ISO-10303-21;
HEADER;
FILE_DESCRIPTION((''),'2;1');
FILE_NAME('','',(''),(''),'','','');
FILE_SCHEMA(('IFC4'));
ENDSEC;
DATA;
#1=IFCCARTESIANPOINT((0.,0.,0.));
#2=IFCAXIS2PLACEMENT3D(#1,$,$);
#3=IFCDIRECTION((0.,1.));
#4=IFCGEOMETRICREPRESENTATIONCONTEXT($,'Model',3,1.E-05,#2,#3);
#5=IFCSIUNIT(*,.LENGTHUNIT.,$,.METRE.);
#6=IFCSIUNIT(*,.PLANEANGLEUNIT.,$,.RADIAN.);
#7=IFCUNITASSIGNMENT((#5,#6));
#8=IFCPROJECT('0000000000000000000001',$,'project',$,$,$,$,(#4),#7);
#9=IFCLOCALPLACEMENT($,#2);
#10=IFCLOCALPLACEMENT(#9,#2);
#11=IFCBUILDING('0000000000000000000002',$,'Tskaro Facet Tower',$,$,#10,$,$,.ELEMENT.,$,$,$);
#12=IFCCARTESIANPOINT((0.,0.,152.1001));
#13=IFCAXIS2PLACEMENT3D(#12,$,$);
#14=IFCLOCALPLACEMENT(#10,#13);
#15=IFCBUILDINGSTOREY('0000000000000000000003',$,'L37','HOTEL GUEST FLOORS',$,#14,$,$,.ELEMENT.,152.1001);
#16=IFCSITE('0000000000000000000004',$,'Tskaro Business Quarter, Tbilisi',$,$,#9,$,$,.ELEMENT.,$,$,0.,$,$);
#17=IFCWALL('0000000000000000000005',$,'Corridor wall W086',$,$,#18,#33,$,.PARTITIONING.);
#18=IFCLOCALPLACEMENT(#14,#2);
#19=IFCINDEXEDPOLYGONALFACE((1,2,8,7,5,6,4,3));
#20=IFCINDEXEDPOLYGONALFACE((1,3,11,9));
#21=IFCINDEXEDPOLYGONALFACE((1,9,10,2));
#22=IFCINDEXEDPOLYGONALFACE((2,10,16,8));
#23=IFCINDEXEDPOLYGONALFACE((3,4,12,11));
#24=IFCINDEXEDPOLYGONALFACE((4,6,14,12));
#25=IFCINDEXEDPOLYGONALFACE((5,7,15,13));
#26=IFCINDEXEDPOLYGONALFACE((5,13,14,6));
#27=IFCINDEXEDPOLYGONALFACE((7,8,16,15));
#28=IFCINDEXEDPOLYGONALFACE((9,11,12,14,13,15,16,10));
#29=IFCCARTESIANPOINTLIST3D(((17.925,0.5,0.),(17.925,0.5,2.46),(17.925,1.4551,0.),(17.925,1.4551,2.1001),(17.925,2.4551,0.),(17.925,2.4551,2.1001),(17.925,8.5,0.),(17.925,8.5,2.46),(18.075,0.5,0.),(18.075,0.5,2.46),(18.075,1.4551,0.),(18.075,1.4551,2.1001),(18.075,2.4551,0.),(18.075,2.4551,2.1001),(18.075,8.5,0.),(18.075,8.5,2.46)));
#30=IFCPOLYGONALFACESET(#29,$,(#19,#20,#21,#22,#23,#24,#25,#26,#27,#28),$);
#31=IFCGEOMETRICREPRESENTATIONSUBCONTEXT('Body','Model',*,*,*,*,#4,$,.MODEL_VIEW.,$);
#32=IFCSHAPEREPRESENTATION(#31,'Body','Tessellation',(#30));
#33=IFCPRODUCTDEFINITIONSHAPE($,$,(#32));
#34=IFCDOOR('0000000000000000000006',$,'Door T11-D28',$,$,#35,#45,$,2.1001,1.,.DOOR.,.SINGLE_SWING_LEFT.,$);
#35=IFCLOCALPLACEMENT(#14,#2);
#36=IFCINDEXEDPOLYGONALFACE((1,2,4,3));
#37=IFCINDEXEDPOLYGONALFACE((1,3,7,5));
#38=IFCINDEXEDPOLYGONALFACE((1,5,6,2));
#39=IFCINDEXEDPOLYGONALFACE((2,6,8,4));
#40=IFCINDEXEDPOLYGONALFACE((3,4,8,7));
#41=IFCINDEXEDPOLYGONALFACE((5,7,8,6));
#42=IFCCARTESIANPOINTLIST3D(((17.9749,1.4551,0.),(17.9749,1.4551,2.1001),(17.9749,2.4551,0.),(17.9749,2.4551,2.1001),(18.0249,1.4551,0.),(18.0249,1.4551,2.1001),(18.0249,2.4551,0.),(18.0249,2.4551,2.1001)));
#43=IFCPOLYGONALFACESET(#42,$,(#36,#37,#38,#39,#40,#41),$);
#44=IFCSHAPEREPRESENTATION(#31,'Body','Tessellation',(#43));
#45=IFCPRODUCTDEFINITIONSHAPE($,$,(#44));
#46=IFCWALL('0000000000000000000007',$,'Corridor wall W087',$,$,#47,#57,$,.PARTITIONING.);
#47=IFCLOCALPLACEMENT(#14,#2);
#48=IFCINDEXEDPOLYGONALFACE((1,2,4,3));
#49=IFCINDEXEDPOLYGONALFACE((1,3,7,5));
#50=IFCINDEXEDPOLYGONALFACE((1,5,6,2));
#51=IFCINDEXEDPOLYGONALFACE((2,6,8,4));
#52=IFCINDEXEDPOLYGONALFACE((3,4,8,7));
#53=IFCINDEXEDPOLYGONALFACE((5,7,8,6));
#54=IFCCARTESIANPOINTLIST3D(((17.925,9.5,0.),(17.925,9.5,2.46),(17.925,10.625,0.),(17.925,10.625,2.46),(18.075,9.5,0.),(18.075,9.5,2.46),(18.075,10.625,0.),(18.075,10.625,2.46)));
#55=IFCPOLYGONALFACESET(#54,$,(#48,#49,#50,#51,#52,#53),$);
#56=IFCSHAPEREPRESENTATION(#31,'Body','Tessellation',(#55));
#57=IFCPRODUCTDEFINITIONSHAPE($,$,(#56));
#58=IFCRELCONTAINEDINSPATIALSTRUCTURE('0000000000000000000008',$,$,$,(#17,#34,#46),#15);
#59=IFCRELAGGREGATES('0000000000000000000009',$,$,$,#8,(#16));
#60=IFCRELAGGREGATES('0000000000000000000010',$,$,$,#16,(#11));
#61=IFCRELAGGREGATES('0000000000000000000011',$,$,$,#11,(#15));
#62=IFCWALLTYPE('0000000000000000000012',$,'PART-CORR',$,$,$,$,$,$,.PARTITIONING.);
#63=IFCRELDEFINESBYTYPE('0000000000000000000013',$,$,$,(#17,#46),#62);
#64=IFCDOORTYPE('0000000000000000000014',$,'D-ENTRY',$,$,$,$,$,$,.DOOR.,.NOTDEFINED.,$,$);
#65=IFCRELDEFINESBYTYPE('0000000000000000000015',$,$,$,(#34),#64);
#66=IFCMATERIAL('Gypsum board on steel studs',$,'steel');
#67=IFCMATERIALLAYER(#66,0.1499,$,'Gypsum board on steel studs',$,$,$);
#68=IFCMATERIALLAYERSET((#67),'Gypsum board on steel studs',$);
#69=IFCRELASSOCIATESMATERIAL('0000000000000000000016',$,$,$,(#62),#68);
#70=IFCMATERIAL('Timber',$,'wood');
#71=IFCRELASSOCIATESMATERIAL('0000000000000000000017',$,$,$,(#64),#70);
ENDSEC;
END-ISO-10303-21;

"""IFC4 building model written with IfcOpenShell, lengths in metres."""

from ifc_helpers import new_model, si_unit, direction, frame, frame_2d, origin, place, context, subcontext, project, spatial, rectangle, extrude, material, layer, layer_set, type_object, element, fill, save


model = new_model("IFC4")

# Units and contexts
model_context = context("Model", 3, precision=1e-05, world=origin(), true_north=direction((0.0, 1.0)))
body_context = subcontext(model_context, "Body", "Model", "MODEL_VIEW")
ifc_project = project(units=[si_unit("LENGTHUNIT", "METRE"), si_unit("PLANEANGLEUNIT", "RADIAN")], contexts=[model_context])

# Site, building, storey
site_placement = place(None, origin())
site = spatial("IfcSite", under=ifc_project, at=site_placement, Name="Tskaro Business Quarter, Tbilisi", CompositionType="ELEMENT", RefElevation=0.0)
building_placement = place(site_placement, origin())
building = spatial("IfcBuilding", under=site, at=building_placement, Name="Tskaro Facet Tower", CompositionType="ELEMENT")
storey_placement = place(building_placement, frame((0.0, 0.0, 152.1001)))
storey = spatial("IfcBuildingStorey", under=building, at=storey_placement, Name="L37", Description="HOTEL GUEST FLOORS", CompositionType="ELEMENT", Elevation=152.1001)

# Shared definitions
ifc_material_1 = material(Name="Gypsum board on steel studs", Category="steel")

# Shared definitions
ifc_layer_1 = layer(ifc_material_1, 0.1499, Name="Gypsum board on steel studs")
ifc_layer_set_1 = layer_set([ifc_layer_1], Name="Gypsum board on steel studs")
wall_type_1 = type_object("IfcWallType", Name="PART-CORR", PredefinedType="PARTITIONING", material=ifc_layer_set_1)
ifc_material_2 = material(Name="Timber", Category="wood")

# Wall, opening, door
wall_1_placement = place(storey_placement, frame((18.0, 8.5, 0.0), z_axis=(0.0, 0.0, 1.0), x_axis=(0.0, -1.0, 0.0)))
wall_1 = element("IfcWall", 1, at=wall_1_placement, inside=storey, type_object=wall_type_1, Name="Corridor wall W086", PredefinedType="PARTITIONING", context=body_context, shape_type="SweptSolid", body=[
    extrude(rectangle(XDim=8.0, YDim=0.1499, at=frame_2d((4.0, 0.0))), origin(), (0.0, 0.0, 1.0), 2.46),
])
opening_1_placement = place(wall_1_placement, frame((6.0449, 0.0, 0.0)))
opening_1 = element("IfcOpeningElement", 2, at=opening_1_placement, cuts=wall_1, PredefinedType="OPENING", context=body_context, shape_type="SweptSolid", body=[
    extrude(rectangle(XDim=1.0, YDim=2.1001, at=frame_2d((0.5, 1.05))), frame((0.0, 0.085, 0.0), z_axis=(0.0, -1.0, 0.0), x_axis=(1.0, 0.0, 0.0)), (0.0, 0.0, 1.0), 0.1699),
])
door_type_1 = type_object("IfcDoorType", Name="D-ENTRY", OperationType="NOTDEFINED", PredefinedType="DOOR", material=ifc_material_2)
door_1_placement = place(opening_1_placement, origin())
door_1 = element("IfcDoor", 3, at=door_1_placement, inside=storey, type_object=door_type_1, Name="Door T11-D28", OperationType="SINGLE_SWING_LEFT", OverallHeight=2.1001, OverallWidth=1.0, PredefinedType="DOOR", context=body_context, shape_type="SweptSolid", body=[
    extrude(rectangle(XDim=1.0, YDim=2.1001, at=frame_2d((0.5, 1.05))), frame((0.0, 0.0249, 0.0), z_axis=(0.0, -1.0, 0.0), x_axis=(1.0, 0.0, 0.0)), (0.0, 0.0, 1.0), 0.05),
])
fill(opening_1, door_1)

# Wall
wall_2_placement = place(storey_placement, frame((18.0, 9.5, 0.0), z_axis=(0.0, 0.0, 1.0), x_axis=(0.0, 1.0, 0.0)))
element("IfcWall", 4, at=wall_2_placement, inside=storey, type_object=wall_type_1, Name="Corridor wall W087", PredefinedType="PARTITIONING", context=body_context, shape_type="SweptSolid", body=[
    extrude(rectangle(XDim=1.125, YDim=0.1499, at=frame_2d((0.5625, 0.0))), origin(), (0.0, 0.0, 1.0), 2.46),
])

save(model, "model.ifc")
